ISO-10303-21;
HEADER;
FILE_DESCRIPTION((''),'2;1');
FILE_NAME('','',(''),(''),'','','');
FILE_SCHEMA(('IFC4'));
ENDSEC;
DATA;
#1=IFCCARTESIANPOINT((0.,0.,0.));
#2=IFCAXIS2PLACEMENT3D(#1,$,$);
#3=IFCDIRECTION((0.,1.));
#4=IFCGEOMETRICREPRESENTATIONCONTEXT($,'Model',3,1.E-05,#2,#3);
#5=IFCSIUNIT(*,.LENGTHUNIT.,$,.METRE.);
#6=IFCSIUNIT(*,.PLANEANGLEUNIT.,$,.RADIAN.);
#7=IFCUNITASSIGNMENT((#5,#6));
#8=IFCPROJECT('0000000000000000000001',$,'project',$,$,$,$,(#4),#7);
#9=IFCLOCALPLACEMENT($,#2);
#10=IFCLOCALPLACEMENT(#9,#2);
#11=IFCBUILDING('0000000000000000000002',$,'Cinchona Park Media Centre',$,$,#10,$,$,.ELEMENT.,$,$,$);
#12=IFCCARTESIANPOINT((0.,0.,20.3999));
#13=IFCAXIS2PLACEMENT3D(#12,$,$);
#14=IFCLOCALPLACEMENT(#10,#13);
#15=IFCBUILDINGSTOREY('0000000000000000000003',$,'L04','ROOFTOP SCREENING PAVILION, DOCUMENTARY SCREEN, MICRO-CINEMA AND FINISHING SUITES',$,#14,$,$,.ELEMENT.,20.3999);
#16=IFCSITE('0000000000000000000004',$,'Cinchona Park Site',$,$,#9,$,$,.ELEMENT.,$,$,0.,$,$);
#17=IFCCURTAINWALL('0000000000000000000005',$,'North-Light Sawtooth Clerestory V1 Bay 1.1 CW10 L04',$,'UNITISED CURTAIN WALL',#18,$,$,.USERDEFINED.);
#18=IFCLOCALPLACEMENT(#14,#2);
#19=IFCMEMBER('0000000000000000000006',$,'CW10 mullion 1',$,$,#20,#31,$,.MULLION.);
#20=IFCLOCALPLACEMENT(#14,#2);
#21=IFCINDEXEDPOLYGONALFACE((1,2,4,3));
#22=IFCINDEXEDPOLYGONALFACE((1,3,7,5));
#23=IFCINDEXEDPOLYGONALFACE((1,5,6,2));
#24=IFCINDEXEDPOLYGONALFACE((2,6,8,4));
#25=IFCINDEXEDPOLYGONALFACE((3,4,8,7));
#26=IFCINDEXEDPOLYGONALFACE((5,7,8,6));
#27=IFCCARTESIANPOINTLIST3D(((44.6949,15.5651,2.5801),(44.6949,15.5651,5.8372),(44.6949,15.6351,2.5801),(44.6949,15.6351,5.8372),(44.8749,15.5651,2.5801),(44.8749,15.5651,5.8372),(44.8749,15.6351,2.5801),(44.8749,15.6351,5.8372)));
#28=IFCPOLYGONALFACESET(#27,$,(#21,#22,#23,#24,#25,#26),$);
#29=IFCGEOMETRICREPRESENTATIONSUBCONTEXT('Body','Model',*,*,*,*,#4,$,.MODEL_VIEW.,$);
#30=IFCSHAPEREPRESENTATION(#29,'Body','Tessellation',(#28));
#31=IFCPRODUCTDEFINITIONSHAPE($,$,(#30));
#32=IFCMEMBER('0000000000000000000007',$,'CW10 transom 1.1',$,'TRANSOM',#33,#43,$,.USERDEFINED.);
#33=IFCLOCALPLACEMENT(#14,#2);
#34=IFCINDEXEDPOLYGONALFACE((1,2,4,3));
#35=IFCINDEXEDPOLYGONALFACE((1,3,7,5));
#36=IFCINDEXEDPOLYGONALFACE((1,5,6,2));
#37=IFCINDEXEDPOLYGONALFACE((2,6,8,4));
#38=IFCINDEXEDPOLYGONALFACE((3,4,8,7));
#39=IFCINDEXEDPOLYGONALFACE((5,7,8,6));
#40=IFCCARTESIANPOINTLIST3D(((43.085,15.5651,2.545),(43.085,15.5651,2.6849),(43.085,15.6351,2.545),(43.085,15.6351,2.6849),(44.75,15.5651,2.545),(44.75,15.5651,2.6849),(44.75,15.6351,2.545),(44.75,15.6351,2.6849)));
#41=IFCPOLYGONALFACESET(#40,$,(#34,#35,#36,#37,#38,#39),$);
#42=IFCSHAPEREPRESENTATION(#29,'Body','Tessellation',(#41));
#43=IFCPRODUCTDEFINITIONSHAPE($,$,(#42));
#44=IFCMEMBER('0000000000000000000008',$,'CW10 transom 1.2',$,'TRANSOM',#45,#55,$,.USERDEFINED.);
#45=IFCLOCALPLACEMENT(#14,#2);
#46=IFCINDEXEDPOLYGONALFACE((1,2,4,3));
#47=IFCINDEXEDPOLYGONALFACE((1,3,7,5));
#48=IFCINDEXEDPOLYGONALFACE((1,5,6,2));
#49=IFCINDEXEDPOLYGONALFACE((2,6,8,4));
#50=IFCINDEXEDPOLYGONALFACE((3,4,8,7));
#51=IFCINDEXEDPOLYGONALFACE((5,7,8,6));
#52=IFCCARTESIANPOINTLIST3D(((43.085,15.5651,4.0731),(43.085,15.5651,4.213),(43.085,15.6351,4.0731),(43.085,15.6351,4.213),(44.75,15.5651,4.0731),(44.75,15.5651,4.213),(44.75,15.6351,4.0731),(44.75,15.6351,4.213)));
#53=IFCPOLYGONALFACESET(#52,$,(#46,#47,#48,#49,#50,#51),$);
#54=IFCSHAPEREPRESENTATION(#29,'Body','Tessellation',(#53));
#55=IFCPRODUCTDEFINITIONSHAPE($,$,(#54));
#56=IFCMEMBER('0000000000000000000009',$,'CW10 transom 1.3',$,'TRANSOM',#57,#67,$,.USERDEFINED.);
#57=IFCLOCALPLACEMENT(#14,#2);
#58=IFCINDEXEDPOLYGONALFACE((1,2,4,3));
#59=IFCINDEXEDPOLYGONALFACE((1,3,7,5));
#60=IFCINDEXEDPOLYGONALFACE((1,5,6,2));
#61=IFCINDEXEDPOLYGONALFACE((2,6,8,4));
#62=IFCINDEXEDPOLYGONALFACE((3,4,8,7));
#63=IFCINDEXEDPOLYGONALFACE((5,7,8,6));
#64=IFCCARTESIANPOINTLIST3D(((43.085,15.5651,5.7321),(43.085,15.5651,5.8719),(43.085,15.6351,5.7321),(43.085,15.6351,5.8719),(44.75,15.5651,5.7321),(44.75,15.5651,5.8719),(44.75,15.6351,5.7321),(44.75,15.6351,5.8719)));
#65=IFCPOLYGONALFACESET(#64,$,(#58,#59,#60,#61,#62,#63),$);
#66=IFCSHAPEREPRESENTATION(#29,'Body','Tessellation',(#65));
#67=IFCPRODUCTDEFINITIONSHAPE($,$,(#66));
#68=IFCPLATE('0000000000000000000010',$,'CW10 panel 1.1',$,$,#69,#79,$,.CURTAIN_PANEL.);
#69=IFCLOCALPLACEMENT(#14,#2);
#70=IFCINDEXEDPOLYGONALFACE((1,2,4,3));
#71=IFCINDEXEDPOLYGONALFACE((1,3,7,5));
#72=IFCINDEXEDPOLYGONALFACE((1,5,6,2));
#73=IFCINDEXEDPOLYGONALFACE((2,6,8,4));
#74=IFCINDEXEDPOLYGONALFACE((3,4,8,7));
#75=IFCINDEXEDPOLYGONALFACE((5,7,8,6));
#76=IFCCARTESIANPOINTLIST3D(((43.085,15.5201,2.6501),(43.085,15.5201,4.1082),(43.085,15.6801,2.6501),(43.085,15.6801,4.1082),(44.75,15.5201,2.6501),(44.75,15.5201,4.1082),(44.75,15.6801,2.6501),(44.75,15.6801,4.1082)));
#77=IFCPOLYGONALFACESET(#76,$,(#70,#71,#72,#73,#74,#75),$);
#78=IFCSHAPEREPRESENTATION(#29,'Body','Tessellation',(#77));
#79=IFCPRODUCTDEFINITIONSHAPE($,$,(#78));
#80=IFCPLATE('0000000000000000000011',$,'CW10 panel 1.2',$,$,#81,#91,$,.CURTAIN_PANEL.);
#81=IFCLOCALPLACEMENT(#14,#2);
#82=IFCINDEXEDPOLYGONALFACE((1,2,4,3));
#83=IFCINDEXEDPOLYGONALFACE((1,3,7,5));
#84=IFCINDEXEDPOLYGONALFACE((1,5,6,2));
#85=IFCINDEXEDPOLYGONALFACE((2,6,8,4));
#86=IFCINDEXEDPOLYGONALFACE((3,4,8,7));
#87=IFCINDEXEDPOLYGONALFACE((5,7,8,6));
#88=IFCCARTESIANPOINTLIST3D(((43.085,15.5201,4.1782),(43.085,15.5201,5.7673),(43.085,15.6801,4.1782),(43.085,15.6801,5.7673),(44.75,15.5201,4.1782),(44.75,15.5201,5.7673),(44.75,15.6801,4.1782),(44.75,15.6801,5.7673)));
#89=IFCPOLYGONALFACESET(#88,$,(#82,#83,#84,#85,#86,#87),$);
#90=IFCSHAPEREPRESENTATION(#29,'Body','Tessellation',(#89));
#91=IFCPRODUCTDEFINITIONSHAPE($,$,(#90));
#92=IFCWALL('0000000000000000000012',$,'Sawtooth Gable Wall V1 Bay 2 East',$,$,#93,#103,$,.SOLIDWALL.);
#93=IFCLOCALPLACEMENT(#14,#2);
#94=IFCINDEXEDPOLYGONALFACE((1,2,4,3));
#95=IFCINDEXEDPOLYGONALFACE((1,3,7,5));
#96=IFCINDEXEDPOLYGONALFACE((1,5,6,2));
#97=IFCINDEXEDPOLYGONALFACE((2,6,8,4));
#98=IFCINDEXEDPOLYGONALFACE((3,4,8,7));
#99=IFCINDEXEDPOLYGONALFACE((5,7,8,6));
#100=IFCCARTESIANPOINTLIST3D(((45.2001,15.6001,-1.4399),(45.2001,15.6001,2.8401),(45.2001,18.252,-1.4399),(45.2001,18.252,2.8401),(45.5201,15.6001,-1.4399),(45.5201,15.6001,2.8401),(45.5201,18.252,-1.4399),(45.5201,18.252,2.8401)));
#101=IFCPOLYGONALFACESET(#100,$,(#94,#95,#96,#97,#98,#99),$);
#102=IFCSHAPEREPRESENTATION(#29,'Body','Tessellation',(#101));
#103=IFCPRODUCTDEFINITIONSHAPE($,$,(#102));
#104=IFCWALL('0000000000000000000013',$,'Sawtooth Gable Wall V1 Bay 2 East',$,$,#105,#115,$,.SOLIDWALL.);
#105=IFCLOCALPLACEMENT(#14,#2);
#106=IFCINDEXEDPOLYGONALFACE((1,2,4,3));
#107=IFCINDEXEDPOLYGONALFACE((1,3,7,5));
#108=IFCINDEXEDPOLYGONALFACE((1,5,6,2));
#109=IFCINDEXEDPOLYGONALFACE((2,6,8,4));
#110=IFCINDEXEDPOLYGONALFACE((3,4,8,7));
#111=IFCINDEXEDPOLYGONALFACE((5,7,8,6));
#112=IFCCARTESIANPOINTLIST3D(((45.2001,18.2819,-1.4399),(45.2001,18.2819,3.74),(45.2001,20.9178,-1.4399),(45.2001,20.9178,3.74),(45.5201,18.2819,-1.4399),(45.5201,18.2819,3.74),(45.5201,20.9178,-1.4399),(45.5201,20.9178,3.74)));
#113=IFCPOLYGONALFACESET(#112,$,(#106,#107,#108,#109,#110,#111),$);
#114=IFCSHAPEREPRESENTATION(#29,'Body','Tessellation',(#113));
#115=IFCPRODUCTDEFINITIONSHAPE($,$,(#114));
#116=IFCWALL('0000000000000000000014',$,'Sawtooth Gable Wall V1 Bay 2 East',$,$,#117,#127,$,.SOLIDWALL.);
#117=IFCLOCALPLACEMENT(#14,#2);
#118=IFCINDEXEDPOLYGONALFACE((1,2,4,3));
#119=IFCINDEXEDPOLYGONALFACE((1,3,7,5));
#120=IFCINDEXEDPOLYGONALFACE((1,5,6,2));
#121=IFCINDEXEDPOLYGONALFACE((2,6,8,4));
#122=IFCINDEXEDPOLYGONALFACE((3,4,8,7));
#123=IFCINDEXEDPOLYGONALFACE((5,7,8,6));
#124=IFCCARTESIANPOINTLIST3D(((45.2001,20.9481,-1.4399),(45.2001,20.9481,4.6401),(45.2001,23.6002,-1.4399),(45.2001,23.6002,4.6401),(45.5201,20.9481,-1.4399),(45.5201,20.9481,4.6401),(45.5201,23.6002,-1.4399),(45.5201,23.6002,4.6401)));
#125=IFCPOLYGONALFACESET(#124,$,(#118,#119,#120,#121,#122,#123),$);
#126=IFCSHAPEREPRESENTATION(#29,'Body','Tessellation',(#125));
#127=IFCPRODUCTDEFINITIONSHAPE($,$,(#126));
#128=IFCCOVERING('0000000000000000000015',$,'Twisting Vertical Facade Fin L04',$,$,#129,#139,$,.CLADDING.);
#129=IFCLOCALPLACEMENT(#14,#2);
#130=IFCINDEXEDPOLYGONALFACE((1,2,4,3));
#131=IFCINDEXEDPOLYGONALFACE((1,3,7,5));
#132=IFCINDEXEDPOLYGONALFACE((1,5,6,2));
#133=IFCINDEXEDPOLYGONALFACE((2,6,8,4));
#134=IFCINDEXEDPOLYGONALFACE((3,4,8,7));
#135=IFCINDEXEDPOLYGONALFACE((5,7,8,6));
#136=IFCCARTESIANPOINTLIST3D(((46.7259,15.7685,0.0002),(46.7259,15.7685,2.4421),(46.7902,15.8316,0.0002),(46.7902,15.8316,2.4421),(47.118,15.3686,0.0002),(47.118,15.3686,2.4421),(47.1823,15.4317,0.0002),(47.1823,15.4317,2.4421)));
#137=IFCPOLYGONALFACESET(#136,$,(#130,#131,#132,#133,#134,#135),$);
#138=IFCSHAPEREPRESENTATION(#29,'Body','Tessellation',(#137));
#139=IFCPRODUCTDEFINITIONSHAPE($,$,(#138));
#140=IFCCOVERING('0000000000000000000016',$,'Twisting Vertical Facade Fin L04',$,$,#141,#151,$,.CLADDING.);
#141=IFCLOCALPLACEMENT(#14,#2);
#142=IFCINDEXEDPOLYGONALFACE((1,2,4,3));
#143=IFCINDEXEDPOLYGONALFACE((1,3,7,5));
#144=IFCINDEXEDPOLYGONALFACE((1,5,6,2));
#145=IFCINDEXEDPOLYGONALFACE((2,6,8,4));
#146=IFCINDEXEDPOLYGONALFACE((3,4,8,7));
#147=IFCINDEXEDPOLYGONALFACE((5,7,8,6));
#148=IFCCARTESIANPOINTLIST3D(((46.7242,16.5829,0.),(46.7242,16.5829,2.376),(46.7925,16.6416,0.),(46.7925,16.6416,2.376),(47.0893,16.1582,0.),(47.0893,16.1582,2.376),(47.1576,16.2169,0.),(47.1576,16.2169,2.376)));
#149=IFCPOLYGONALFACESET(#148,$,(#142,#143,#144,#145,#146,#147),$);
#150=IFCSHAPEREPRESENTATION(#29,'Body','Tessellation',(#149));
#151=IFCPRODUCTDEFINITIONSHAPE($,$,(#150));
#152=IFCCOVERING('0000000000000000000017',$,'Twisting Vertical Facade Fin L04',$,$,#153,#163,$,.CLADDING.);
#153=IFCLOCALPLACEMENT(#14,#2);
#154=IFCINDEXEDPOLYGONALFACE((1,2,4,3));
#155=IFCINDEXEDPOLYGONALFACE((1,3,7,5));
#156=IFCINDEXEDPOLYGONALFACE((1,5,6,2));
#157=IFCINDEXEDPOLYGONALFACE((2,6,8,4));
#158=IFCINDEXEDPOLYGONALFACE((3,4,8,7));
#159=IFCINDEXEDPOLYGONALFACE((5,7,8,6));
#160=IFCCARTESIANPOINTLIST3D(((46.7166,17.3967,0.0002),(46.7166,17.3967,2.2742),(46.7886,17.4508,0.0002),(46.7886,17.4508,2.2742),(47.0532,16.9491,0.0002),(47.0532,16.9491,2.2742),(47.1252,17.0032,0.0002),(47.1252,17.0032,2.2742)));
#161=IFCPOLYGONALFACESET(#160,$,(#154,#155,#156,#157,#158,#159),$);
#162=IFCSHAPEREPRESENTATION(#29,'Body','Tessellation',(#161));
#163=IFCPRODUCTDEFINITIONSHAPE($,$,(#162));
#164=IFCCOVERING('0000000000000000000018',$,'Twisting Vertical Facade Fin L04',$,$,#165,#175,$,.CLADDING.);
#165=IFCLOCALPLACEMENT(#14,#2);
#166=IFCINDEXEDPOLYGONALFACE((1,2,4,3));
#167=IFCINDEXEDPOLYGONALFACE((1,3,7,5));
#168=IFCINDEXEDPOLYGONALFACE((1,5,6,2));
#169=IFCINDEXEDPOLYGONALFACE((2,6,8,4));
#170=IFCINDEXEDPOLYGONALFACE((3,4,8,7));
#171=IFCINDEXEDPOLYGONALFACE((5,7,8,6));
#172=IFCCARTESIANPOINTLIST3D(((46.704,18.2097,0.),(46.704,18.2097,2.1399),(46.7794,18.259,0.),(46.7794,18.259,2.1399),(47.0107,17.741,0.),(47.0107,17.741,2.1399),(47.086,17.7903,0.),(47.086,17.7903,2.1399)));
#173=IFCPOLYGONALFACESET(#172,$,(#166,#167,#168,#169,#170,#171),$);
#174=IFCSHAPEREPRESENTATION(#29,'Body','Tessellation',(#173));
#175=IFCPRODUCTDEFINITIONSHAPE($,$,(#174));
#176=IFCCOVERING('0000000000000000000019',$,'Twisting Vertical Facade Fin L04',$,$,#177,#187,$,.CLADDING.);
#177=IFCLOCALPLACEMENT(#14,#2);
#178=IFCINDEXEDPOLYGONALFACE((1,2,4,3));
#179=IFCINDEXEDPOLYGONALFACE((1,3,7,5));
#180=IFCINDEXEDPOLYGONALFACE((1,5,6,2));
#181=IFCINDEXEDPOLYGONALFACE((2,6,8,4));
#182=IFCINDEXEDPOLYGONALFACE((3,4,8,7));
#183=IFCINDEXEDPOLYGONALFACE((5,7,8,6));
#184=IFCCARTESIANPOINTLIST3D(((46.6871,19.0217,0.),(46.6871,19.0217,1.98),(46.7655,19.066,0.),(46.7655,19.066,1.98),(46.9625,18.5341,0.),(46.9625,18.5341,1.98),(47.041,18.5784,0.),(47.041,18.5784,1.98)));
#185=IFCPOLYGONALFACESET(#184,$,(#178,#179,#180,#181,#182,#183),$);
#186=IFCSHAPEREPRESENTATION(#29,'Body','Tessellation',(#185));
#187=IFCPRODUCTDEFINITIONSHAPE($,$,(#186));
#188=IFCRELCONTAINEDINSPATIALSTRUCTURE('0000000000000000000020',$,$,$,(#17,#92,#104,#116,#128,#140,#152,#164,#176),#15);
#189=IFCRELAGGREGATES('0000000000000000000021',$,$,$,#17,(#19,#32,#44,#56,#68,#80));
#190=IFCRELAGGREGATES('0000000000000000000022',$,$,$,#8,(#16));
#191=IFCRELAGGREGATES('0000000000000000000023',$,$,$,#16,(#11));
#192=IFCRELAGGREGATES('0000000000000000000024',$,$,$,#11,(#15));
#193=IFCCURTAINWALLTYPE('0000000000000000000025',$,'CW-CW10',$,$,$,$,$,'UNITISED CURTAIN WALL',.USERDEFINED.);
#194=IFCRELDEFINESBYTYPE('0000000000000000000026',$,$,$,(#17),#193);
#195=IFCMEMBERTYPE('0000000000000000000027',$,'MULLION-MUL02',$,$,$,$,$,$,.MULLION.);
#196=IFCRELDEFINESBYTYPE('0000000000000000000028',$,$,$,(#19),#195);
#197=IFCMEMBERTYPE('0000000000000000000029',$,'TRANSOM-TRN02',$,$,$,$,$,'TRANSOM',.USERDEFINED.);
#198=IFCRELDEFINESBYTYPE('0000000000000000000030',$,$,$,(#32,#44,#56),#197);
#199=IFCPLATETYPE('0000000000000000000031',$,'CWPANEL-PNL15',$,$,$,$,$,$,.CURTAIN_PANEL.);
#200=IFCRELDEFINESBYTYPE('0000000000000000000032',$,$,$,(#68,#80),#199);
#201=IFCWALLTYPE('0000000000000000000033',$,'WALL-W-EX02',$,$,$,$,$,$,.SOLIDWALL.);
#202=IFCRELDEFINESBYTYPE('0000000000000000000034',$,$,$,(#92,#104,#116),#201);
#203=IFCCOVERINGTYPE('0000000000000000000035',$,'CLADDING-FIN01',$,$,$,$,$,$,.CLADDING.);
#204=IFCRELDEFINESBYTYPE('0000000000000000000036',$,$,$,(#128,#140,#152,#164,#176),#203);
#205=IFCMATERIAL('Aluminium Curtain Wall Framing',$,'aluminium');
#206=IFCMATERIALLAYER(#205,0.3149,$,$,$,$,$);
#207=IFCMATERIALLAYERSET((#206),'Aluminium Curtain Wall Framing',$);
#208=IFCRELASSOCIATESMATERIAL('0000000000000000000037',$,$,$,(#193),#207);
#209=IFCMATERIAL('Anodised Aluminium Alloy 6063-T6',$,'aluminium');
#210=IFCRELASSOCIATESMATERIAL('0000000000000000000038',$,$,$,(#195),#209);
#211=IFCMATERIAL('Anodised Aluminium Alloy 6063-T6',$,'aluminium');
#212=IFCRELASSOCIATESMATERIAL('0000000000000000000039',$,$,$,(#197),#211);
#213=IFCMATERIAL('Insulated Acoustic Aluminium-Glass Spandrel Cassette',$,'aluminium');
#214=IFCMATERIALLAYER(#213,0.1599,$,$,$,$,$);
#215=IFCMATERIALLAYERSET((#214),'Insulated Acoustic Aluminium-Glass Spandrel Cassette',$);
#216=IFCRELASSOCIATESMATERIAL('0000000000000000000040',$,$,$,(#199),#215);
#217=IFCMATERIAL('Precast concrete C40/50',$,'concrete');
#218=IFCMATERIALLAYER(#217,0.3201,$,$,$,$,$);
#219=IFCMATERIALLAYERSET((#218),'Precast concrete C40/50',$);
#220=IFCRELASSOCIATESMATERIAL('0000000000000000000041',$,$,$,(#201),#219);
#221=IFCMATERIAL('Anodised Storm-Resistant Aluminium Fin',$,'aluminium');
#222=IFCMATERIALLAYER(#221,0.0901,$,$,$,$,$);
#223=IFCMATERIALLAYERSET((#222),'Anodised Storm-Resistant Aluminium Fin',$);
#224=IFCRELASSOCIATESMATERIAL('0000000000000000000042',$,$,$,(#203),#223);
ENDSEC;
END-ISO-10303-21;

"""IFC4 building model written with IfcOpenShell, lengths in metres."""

from ifc_helpers import new_model, si_unit, direction, frame, frame_2d, origin, origin_2d, place, context, subcontext, project, spatial, rectangle, extrude, material, layer, layer_set, material_profile, profile_set, type_object, element, aggregate, save


model = new_model("IFC4")

# Units and contexts
model_context = context("Model", 3, precision=1e-05, world=origin(), true_north=direction((0.0, 1.0)))
body_context = subcontext(model_context, "Body", "Model", "MODEL_VIEW")
ifc_project = project(units=[si_unit("LENGTHUNIT", "METRE"), si_unit("PLANEANGLEUNIT", "RADIAN")], contexts=[model_context])

# Site, building, storey
site_placement = place(None, origin())
site = spatial("IfcSite", under=ifc_project, at=site_placement, Name="Cinchona Park Site", CompositionType="ELEMENT", RefElevation=0.0)
building_placement = place(site_placement, origin())
building = spatial("IfcBuilding", under=site, at=building_placement, Name="Cinchona Park Media Centre", CompositionType="ELEMENT")
storey_placement = place(building_placement, frame((0.0, 0.0, 20.3999)))
storey = spatial("IfcBuildingStorey", under=building, at=storey_placement, Name="L04", Description="ROOFTOP SCREENING PAVILION, DOCUMENTARY SCREEN, MICRO-CINEMA AND FINISHING SUITES", CompositionType="ELEMENT", Elevation=20.3999)

# Curtain wall, members, plates
ifc_material_1 = material(Name="Aluminium Curtain Wall Framing", Category="aluminium")
ifc_layer_1 = layer(ifc_material_1, 0.3149)
ifc_layer_set_1 = layer_set([ifc_layer_1], Name="Aluminium Curtain Wall Framing")
curtain_wall_type = type_object("IfcCurtainWallType", Name="CW-CW10", ElementType="UNITISED CURTAIN WALL", PredefinedType="USERDEFINED", material=ifc_layer_set_1)
curtain_wall_placement = place(storey_placement, origin())
curtain_wall = element("IfcCurtainWall", 1, at=curtain_wall_placement, inside=storey, type_object=curtain_wall_type, Name="North-Light Sawtooth Clerestory V1 Bay 1.1 CW10 L04", ObjectType="UNITISED CURTAIN WALL", PredefinedType="USERDEFINED")
ifc_material_2 = material(Name="Anodised Aluminium Alloy 6063-T6", Category="aluminium")
ifc_material_profile_1 = material_profile(ifc_material_2, rectangle(XDim=0.0701, YDim=0.1799, at=origin_2d()), Name="MUL-70X180")
ifc_profile_set_1 = profile_set([ifc_material_profile_1], Name="Anodised Aluminium Alloy 6063-T6")
member_type_1 = type_object("IfcMemberType", Name="MULLION-MUL02", PredefinedType="MULLION", material=ifc_profile_set_1)
member_1_placement = place(storey_placement, frame((44.7849, 15.6001, 2.5801), z_axis=(0.0, 0.0, 1.0), x_axis=(0.0, -1.0, 0.0)))
member_1 = element("IfcMember", 2, at=member_1_placement, type_object=member_type_1, Name="CW10 mullion 1", PredefinedType="MULLION", context=body_context, shape_type="SweptSolid", body=[
    extrude(rectangle(XDim=0.0701, YDim=0.1799, at=origin_2d()), origin(), (0.0, 0.0, 1.0), 3.2571),
])
ifc_material_3 = material(Name="Anodised Aluminium Alloy 6063-T6", Category="aluminium")
ifc_material_profile_2 = material_profile(ifc_material_3, rectangle(XDim=0.0701, YDim=0.1399, at=origin_2d()), Name="TRN-70X140")
ifc_profile_set_2 = profile_set([ifc_material_profile_2], Name="Anodised Aluminium Alloy 6063-T6")
member_type_2 = type_object("IfcMemberType", Name="TRANSOM-TRN02", ElementType="TRANSOM", PredefinedType="USERDEFINED", material=ifc_profile_set_2)
member_2_placement = place(storey_placement, frame((44.75, 15.6001, 2.615), z_axis=(-1.0, 0.0, 0.0), x_axis=(0.0, -1.0, 0.0)))
member_2 = element("IfcMember", 3, at=member_2_placement, type_object=member_type_2, Name="CW10 transom 1.1", ObjectType="TRANSOM", PredefinedType="USERDEFINED", context=body_context, shape_type="SweptSolid", body=[
    extrude(rectangle(XDim=0.0701, YDim=0.1399, at=origin_2d()), origin(), (0.0, 0.0, 1.0), 1.665),
])
member_3_placement = place(storey_placement, frame((44.75, 15.6001, 4.1431), z_axis=(-1.0, 0.0, 0.0), x_axis=(0.0, -1.0, 0.0)))
member_3 = element("IfcMember", 4, at=member_3_placement, type_object=member_type_2, Name="CW10 transom 1.2", ObjectType="TRANSOM", PredefinedType="USERDEFINED", context=body_context, shape_type="SweptSolid", body=[
    extrude(rectangle(XDim=0.0701, YDim=0.1399, at=origin_2d()), origin(), (0.0, 0.0, 1.0), 1.665),
])
member_4_placement = place(storey_placement, frame((44.75, 15.6001, 5.802), z_axis=(-1.0, 0.0, 0.0), x_axis=(0.0, -1.0, 0.0)))
member_4 = element("IfcMember", 5, at=member_4_placement, type_object=member_type_2, Name="CW10 transom 1.3", ObjectType="TRANSOM", PredefinedType="USERDEFINED", context=body_context, shape_type="SweptSolid", body=[
    extrude(rectangle(XDim=0.0701, YDim=0.1399, at=origin_2d()), origin(), (0.0, 0.0, 1.0), 1.665),
])
ifc_material_4 = material(Name="Insulated Acoustic Aluminium-Glass Spandrel Cassette", Category="aluminium")
ifc_layer_2 = layer(ifc_material_4, 0.1599)
ifc_layer_set_2 = layer_set([ifc_layer_2], Name="Insulated Acoustic Aluminium-Glass Spandrel Cassette")
plate_type = type_object("IfcPlateType", Name="CWPANEL-PNL15", PredefinedType="CURTAIN_PANEL", material=ifc_layer_set_2)
plate_1_placement = place(storey_placement, frame((43.9175, 15.6001, 2.6501), z_axis=(0.0, 0.0, 1.0), x_axis=(-1.0, 0.0, 0.0)))
plate_1 = element("IfcPlate", 6, at=plate_1_placement, type_object=plate_type, Name="CW10 panel 1.1", PredefinedType="CURTAIN_PANEL", context=body_context, shape_type="SweptSolid", body=[
    extrude(rectangle(XDim=1.665, YDim=0.1599, at=origin_2d()), origin(), (0.0, 0.0, 1.0), 1.458),
])
plate_2_placement = place(storey_placement, frame((43.9175, 15.6001, 4.1782), z_axis=(0.0, 0.0, 1.0), x_axis=(-1.0, 0.0, 0.0)))
plate_2 = element("IfcPlate", 7, at=plate_2_placement, type_object=plate_type, Name="CW10 panel 1.2", PredefinedType="CURTAIN_PANEL", context=body_context, shape_type="SweptSolid", body=[
    extrude(rectangle(XDim=1.665, YDim=0.1599, at=origin_2d()), origin(), (0.0, 0.0, 1.0), 1.5891),
])
aggregate(curtain_wall, [member_1, member_2, member_3, member_4, plate_1, plate_2])

# Walls
ifc_material_5 = material(Name="Precast concrete C40/50", Category="concrete")
ifc_layer_3 = layer(ifc_material_5, 0.3201)
ifc_layer_set_3 = layer_set([ifc_layer_3], Name="Precast concrete C40/50")
wall_type = type_object("IfcWallType", Name="WALL-W-EX02", PredefinedType="SOLIDWALL", material=ifc_layer_set_3)
wall_1_placement = place(storey_placement, frame((45.3601, 15.6001, -1.4399), z_axis=(0.0, 0.0, 1.0), x_axis=(0.0, 1.0, 0.0)))
element("IfcWall", 8, at=wall_1_placement, inside=storey, type_object=wall_type, Name="Sawtooth Gable Wall V1 Bay 2 East", PredefinedType="SOLIDWALL", context=body_context, shape_type="SweptSolid", body=[
    extrude(rectangle(XDim=2.6519, YDim=0.3201, at=frame_2d((1.3259, 0.0))), origin(), (0.0, 0.0, 1.0), 4.28),
])
wall_2_placement = place(storey_placement, frame((45.3601, 18.282, -1.4399), z_axis=(0.0, 0.0, 1.0), x_axis=(0.0, 1.0, 0.0)))
element("IfcWall", 9, at=wall_2_placement, inside=storey, type_object=wall_type, Name="Sawtooth Gable Wall V1 Bay 2 East", PredefinedType="SOLIDWALL", context=body_context, shape_type="SweptSolid", body=[
    extrude(rectangle(XDim=2.636, YDim=0.3201, at=frame_2d((1.3179, 0.0))), origin(), (0.0, 0.0, 1.0), 5.1799),
])
wall_3_placement = place(storey_placement, frame((45.3601, 20.948, -1.4399), z_axis=(0.0, 0.0, 1.0), x_axis=(0.0, 1.0, 0.0)))
element("IfcWall", 10, at=wall_3_placement, inside=storey, type_object=wall_type, Name="Sawtooth Gable Wall V1 Bay 2 East", PredefinedType="SOLIDWALL", context=body_context, shape_type="SweptSolid", body=[
    extrude(rectangle(XDim=2.6521, YDim=0.3201, at=frame_2d((1.3262, 0.0))), origin(), (0.0, 0.0, 1.0), 6.0801),
])

# Coverings
ifc_material_6 = material(Name="Anodised Storm-Resistant Aluminium Fin", Category="aluminium")
ifc_layer_4 = layer(ifc_material_6, 0.0901)
ifc_layer_set_4 = layer_set([ifc_layer_4], Name="Anodised Storm-Resistant Aluminium Fin")
covering_type = type_object("IfcCoveringType", Name="CLADDING-FIN01", PredefinedType="CLADDING", material=ifc_layer_set_4)
covering_1_placement = place(storey_placement, frame((46.9541, 15.6001, 0.0002), z_axis=(0.0, 0.0, 1.0), x_axis=(-0.700037, 0.714106, 0.0)))
element("IfcCovering", 11, at=covering_1_placement, inside=storey, type_object=covering_type, Name="Twisting Vertical Facade Fin L04", PredefinedType="CLADDING", context=body_context, shape_type="SweptSolid", body=[
    extrude(rectangle(XDim=0.5601, YDim=0.0901, at=origin_2d()), origin(), (0.0, 0.0, 1.0), 2.4419),
])
covering_2_placement = place(storey_placement, frame((46.9409, 16.3999, 0.0), z_axis=(0.0, 0.0, 1.0), x_axis=(-0.651966, 0.758248, 0.0)))
element("IfcCovering", 12, at=covering_2_placement, inside=storey, type_object=covering_type, Name="Twisting Vertical Facade Fin L04", PredefinedType="CLADDING", context=body_context, shape_type="SweptSolid", body=[
    extrude(rectangle(XDim=0.5601, YDim=0.0901, at=origin_2d()), origin(), (0.0, 0.0, 1.0), 2.376),
])
covering_3_placement = place(storey_placement, frame((46.9209, 17.2, 0.0002), z_axis=(0.0, 0.0, 1.0), x_axis=(-0.600978, 0.799265, 0.0)))
element("IfcCovering", 13, at=covering_3_placement, inside=storey, type_object=covering_type, Name="Twisting Vertical Facade Fin L04", PredefinedType="CLADDING", context=body_context, shape_type="SweptSolid", body=[
    extrude(rectangle(XDim=0.5601, YDim=0.0901, at=origin_2d()), origin(), (0.0, 0.0, 1.0), 2.2739),
])
covering_4_placement = place(storey_placement, frame((46.895, 18.0, 0.0), z_axis=(0.0, 0.0, 1.0), x_axis=(-0.547563, 0.836764, 0.0)))
element("IfcCovering", 14, at=covering_4_placement, inside=storey, type_object=covering_type, Name="Twisting Vertical Facade Fin L04", PredefinedType="CLADDING", context=body_context, shape_type="SweptSolid", body=[
    extrude(rectangle(XDim=0.5601, YDim=0.0901, at=origin_2d()), origin(), (0.0, 0.0, 1.0), 2.1399),
])
covering_5_placement = place(storey_placement, frame((46.864, 18.8, 0.0), z_axis=(0.0, 0.0, 1.0), x_axis=(-0.491816, 0.870699, 0.0)))
element("IfcCovering", 15, at=covering_5_placement, inside=storey, type_object=covering_type, Name="Twisting Vertical Facade Fin L04", PredefinedType="CLADDING", context=body_context, shape_type="SweptSolid", body=[
    extrude(rectangle(XDim=0.5601, YDim=0.0901, at=origin_2d()), origin(), (0.0, 0.0, 1.0), 1.98),
])

save(model, "model.ifc")
